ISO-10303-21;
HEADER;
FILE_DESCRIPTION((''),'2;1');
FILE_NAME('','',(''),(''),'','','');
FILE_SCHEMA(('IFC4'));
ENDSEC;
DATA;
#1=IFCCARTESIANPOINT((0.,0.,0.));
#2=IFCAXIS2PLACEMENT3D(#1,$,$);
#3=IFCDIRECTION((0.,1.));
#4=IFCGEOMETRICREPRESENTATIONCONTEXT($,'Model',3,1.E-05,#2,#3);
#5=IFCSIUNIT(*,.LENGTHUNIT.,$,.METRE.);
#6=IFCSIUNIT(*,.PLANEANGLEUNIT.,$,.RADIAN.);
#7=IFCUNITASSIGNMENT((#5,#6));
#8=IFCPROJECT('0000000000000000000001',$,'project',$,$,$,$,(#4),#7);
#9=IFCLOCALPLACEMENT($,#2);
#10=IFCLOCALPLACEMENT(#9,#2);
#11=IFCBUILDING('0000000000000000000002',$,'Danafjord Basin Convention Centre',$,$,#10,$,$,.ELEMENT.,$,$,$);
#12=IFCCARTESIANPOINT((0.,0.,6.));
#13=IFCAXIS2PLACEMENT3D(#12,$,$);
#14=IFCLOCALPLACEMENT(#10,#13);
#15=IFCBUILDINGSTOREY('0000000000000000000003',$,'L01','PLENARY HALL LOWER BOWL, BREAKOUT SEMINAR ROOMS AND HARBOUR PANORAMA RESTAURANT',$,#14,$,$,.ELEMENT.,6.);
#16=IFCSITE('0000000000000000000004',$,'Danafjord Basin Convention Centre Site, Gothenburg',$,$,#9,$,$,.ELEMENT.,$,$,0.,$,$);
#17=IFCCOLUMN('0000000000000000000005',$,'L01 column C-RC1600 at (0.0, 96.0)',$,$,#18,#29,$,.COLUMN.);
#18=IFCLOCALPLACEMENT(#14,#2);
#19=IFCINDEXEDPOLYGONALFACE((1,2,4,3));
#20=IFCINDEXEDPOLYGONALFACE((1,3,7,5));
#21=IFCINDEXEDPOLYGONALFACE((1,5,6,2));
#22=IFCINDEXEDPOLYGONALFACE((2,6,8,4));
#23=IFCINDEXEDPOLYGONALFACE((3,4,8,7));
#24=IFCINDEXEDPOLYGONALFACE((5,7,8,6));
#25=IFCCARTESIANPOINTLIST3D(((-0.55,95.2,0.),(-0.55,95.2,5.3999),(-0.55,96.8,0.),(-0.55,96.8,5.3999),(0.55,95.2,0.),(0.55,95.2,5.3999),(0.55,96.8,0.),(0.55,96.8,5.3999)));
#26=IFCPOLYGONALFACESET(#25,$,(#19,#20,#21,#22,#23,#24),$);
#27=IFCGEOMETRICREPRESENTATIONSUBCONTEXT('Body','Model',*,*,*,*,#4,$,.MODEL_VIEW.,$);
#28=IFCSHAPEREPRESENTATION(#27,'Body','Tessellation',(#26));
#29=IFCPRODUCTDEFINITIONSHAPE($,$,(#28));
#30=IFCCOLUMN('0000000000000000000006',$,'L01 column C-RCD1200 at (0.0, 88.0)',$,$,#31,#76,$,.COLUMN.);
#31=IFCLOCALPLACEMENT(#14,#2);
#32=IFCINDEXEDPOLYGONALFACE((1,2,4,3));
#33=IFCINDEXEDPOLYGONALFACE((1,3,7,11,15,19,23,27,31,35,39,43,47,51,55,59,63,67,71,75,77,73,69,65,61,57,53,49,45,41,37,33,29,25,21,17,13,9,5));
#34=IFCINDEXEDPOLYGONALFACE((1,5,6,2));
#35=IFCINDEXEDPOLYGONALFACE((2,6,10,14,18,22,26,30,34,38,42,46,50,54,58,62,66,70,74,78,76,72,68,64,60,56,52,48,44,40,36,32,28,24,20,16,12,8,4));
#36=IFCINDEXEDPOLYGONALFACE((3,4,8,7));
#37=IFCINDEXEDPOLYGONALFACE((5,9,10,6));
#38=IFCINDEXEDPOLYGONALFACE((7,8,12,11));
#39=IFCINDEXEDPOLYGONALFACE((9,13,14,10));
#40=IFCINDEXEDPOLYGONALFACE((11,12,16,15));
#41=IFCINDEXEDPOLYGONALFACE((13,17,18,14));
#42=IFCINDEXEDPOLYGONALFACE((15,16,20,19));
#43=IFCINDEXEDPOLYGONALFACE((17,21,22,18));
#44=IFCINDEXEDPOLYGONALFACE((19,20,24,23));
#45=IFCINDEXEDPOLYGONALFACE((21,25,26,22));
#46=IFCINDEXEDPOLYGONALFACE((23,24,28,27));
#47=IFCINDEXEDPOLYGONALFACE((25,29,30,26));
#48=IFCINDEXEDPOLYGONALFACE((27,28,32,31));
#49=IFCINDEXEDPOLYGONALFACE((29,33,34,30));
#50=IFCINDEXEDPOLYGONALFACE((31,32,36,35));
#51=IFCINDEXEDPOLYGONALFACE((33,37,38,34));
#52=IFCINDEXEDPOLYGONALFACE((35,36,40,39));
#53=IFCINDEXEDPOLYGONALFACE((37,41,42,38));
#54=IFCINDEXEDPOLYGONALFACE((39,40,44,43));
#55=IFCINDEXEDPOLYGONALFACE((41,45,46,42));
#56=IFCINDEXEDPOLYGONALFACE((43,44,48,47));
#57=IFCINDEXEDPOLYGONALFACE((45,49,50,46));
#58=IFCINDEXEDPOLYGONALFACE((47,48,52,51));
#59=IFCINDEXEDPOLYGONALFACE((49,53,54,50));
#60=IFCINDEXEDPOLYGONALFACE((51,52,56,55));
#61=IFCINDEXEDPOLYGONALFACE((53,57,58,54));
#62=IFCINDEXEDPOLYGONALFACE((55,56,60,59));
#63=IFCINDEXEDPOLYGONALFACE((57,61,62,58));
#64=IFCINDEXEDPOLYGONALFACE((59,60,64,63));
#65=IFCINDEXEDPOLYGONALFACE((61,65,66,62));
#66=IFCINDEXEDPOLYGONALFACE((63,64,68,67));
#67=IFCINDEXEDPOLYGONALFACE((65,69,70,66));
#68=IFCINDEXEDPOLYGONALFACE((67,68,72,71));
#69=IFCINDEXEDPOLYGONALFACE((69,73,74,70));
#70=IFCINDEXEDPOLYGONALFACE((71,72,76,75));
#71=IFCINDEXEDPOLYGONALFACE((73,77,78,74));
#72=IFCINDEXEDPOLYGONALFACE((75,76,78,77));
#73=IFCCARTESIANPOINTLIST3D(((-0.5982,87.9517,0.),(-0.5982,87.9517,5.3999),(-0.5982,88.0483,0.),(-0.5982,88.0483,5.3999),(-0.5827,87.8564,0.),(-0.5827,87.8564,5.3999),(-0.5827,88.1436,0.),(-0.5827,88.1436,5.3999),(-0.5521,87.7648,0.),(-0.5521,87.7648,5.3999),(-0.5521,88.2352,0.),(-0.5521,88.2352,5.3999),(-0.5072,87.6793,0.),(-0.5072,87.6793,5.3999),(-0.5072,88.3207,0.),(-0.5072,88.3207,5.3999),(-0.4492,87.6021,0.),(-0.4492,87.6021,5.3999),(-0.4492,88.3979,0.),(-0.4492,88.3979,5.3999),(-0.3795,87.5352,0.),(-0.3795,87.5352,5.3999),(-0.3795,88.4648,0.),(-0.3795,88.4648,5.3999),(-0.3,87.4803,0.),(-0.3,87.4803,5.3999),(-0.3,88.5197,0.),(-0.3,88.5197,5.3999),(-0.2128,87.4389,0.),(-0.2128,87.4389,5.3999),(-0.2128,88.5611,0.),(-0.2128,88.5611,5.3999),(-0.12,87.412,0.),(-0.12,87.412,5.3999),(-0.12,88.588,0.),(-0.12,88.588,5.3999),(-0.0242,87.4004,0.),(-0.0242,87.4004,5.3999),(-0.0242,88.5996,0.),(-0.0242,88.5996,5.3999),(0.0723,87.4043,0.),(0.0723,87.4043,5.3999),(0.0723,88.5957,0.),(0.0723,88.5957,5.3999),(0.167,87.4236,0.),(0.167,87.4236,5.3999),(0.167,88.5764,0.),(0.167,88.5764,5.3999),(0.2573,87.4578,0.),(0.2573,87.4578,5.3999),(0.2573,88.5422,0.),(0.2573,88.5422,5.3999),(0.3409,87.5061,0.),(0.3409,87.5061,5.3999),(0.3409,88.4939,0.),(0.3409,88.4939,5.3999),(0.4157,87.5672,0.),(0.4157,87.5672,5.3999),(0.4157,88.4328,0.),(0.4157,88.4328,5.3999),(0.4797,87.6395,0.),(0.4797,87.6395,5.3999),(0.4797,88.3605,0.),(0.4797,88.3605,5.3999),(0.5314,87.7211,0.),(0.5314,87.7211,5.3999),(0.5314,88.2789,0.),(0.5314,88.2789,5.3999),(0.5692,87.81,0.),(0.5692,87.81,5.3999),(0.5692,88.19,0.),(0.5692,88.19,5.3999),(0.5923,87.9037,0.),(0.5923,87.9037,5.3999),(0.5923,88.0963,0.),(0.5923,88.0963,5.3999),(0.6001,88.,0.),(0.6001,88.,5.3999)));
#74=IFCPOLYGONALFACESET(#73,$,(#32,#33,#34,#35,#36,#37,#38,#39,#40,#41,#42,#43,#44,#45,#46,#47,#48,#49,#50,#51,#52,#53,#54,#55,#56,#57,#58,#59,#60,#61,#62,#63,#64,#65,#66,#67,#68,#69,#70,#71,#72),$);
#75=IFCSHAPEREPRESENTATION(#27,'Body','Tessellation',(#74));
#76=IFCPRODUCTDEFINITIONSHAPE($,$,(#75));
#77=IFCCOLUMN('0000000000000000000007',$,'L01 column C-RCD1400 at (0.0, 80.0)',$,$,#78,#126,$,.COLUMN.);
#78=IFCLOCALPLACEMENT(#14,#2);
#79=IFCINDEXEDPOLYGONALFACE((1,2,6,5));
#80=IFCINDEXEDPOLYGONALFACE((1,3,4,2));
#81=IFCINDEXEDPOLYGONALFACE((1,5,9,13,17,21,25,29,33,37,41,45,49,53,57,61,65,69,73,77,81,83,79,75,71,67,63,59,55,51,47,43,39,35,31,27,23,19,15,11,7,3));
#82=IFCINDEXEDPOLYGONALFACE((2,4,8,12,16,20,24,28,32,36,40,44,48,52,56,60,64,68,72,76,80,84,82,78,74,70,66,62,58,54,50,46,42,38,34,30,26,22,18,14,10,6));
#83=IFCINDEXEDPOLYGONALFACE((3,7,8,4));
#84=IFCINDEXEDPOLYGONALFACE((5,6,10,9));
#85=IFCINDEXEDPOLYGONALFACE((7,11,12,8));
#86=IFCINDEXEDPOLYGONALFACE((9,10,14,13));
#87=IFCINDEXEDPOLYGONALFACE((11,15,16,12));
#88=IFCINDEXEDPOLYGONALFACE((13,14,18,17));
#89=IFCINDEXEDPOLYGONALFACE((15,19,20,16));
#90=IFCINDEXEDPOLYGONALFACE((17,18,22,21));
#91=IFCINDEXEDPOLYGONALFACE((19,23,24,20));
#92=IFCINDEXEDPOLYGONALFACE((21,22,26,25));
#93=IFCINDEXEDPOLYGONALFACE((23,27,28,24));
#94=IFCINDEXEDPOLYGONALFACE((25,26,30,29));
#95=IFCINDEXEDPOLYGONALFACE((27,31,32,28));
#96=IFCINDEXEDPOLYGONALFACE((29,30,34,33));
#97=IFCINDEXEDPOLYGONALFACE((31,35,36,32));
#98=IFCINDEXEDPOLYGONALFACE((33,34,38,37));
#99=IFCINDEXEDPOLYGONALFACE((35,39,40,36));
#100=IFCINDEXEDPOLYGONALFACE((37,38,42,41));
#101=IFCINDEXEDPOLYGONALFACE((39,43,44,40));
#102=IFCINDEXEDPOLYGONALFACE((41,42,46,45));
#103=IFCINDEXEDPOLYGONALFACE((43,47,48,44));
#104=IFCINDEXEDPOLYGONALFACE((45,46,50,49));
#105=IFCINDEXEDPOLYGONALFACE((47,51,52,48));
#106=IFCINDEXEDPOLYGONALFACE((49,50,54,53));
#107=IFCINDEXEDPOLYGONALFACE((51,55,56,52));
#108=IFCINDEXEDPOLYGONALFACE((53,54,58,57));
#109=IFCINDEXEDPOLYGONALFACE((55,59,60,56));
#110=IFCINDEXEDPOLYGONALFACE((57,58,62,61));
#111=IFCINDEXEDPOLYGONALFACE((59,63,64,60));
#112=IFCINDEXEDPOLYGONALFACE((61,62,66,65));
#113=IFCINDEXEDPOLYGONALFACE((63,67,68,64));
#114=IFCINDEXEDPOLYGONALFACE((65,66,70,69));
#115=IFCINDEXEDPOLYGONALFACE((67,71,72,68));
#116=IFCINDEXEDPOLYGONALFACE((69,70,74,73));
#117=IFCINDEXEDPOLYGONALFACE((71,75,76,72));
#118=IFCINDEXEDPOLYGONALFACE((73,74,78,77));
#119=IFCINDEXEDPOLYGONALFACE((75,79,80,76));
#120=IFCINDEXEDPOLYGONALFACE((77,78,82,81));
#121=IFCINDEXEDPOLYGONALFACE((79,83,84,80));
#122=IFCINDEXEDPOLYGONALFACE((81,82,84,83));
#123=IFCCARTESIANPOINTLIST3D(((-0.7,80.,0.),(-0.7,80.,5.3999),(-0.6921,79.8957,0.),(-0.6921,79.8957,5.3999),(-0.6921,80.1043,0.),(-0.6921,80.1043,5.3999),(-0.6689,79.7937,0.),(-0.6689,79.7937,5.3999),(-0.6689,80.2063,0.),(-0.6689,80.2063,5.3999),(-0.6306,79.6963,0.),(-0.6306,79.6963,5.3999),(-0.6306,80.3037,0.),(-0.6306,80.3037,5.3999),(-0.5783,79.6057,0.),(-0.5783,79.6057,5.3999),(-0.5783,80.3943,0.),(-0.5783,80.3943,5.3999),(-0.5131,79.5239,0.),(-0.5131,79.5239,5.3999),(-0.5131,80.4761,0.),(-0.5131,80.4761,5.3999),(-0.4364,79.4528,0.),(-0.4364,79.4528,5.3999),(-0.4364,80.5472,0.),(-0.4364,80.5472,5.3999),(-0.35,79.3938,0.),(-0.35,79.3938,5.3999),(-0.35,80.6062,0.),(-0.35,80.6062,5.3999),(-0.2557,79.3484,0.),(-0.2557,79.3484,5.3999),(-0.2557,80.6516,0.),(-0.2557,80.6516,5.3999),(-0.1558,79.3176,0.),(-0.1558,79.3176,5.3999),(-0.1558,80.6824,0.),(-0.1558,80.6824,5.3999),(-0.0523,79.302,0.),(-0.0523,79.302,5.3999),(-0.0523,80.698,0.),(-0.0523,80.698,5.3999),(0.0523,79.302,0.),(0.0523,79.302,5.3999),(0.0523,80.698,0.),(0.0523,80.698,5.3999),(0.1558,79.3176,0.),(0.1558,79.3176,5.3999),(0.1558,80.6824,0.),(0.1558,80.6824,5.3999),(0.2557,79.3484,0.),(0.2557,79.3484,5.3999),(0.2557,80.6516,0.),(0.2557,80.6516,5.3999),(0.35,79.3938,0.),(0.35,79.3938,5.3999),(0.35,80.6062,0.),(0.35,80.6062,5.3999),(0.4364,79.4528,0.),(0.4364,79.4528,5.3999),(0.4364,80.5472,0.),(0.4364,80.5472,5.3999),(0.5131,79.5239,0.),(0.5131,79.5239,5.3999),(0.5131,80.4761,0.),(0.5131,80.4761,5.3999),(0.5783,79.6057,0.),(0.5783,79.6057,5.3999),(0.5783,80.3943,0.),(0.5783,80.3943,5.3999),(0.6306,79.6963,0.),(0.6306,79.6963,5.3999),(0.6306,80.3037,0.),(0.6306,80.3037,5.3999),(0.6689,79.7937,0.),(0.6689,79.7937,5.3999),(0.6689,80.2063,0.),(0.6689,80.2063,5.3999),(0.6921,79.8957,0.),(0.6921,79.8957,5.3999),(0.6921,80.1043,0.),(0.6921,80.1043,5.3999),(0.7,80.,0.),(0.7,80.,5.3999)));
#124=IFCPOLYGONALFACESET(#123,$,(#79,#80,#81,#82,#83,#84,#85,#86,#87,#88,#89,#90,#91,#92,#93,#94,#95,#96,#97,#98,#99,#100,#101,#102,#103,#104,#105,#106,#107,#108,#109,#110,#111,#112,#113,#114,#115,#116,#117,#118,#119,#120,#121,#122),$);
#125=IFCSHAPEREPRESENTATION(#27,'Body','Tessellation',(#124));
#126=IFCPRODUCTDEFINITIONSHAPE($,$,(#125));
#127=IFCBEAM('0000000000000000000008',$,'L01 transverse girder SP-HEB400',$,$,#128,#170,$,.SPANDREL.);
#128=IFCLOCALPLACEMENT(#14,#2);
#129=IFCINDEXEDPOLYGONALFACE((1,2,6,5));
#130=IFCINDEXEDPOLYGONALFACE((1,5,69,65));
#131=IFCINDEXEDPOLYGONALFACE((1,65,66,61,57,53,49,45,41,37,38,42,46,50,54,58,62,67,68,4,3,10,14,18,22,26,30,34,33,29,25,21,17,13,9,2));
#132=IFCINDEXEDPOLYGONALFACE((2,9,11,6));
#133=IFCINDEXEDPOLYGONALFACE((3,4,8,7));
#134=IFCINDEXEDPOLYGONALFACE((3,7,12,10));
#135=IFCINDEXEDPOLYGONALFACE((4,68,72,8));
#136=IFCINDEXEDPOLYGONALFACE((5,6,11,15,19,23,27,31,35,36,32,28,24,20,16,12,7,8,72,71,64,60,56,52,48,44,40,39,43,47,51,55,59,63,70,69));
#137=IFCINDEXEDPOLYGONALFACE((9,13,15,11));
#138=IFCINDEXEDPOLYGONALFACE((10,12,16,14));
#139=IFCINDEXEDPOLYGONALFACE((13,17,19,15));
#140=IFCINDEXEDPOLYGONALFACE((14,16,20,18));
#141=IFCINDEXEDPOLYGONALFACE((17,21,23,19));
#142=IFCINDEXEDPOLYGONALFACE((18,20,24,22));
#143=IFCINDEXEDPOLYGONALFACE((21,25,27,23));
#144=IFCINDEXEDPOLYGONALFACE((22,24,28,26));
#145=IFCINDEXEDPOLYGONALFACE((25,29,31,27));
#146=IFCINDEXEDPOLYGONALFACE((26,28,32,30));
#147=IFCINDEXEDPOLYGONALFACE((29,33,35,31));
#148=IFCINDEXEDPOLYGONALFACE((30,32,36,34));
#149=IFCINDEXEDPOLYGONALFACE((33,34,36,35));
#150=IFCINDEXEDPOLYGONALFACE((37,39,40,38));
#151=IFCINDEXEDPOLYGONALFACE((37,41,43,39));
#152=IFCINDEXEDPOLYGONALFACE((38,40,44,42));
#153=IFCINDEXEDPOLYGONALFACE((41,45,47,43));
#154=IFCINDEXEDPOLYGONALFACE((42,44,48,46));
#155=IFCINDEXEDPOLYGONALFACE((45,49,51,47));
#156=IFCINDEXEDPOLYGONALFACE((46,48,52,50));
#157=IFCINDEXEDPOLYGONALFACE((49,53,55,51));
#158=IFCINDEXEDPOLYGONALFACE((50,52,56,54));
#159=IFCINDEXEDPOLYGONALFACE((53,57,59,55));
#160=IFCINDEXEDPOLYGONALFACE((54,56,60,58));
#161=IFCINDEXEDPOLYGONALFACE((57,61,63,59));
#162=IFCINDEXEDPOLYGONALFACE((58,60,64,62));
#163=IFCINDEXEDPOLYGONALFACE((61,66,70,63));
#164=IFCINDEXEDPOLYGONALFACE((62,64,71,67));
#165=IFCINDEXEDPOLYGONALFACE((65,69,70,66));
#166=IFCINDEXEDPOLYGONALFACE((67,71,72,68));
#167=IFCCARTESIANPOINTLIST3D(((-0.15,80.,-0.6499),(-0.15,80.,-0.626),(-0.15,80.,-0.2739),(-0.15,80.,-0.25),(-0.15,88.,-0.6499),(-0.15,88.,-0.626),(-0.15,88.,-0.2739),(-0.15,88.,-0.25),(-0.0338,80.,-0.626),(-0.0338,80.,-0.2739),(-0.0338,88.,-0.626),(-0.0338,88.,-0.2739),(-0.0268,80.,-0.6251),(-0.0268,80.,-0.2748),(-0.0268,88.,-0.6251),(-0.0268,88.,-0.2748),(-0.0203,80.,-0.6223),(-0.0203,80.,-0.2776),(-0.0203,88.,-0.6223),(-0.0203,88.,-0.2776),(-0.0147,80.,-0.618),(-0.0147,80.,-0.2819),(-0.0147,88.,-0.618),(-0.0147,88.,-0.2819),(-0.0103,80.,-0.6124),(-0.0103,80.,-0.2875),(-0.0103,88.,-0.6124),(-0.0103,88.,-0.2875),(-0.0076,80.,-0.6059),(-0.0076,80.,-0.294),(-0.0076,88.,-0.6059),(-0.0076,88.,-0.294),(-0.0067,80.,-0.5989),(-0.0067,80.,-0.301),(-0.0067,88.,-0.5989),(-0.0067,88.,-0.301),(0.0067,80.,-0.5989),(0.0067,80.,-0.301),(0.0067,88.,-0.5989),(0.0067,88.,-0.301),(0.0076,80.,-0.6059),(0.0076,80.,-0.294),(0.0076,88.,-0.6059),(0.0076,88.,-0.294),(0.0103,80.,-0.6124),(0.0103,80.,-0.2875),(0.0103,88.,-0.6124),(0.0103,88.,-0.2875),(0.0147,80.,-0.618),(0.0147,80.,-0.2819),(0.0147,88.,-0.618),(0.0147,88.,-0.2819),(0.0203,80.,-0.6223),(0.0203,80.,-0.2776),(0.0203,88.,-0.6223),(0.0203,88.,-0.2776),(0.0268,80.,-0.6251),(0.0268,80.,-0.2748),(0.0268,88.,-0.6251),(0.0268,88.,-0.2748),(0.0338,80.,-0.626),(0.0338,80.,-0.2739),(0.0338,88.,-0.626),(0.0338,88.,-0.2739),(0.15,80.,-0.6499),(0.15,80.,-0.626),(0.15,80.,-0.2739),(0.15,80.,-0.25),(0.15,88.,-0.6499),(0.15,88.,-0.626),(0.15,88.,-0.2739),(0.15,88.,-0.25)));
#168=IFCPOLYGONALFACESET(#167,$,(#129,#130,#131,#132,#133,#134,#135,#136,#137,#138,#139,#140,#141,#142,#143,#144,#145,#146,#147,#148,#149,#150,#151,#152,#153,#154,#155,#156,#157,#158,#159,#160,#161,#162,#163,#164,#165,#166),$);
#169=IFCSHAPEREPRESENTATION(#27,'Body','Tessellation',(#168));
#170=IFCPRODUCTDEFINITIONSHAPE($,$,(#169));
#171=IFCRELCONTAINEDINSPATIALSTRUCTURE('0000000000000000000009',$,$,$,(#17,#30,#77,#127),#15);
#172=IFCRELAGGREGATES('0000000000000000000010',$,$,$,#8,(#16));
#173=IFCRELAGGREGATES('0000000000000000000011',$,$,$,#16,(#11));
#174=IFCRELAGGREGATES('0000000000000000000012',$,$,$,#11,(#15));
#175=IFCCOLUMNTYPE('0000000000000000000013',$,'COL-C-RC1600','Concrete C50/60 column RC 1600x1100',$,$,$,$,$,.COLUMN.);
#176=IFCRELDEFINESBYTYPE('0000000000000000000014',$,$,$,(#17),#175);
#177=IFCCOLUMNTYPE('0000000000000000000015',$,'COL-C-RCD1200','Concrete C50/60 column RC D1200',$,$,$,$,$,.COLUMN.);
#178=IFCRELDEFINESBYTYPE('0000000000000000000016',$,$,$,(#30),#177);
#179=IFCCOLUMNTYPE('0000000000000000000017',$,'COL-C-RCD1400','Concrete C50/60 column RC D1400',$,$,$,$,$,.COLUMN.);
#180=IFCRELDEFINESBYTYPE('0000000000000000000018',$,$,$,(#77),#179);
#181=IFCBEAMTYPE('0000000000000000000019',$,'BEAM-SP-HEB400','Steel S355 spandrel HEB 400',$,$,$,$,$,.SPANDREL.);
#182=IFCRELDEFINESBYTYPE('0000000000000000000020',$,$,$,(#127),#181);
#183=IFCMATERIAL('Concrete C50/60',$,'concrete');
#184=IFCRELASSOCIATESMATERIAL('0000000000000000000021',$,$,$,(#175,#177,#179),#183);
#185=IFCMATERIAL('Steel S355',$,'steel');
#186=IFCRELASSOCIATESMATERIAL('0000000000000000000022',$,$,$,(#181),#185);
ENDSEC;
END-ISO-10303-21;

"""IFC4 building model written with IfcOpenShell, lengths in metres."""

from ifc_helpers import new_model, si_unit, direction, frame, origin, origin_2d, place, context, subcontext, project, spatial, rectangle, circle, i_section, extrude, material, material_profile, profile_set, type_object, element, save


model = new_model("IFC4")

# Units and contexts
model_context = context("Model", 3, precision=1e-05, world=origin(), true_north=direction((0.0, 1.0)))
body_context = subcontext(model_context, "Body", "Model", "MODEL_VIEW")
ifc_project = project(units=[si_unit("LENGTHUNIT", "METRE"), si_unit("PLANEANGLEUNIT", "RADIAN")], contexts=[model_context])

# Site, building, storey
site_placement = place(None, origin())
site = spatial("IfcSite", under=ifc_project, at=site_placement, Name="Danafjord Basin Convention Centre Site, Gothenburg", CompositionType="ELEMENT", RefElevation=0.0)
building_placement = place(site_placement, origin())
building = spatial("IfcBuilding", under=site, at=building_placement, Name="Danafjord Basin Convention Centre", CompositionType="ELEMENT")
storey_placement = place(building_placement, frame((0.0, 0.0, 6.0)))
storey = spatial("IfcBuildingStorey", under=building, at=storey_placement, Name="L01", Description="PLENARY HALL LOWER BOWL, BREAKOUT SEMINAR ROOMS AND HARBOUR PANORAMA RESTAURANT", CompositionType="ELEMENT", Elevation=6.0)

# Columns
ifc_material_1 = material(Name="Concrete C50/60", Category="concrete")
ifc_material_profile_1 = material_profile(ifc_material_1, rectangle(XDim=1.1001, YDim=1.6001, at=origin_2d()), Name="RC 1600x1100")
ifc_profile_set_1 = profile_set([ifc_material_profile_1], Name="Concrete C50/60")
column_type_1 = type_object("IfcColumnType", Name="COL-C-RC1600", Description="Concrete C50/60 column RC 1600x1100", PredefinedType="COLUMN", material=ifc_profile_set_1)
column_1_placement = place(storey_placement, frame((0.0, 96.0, 0.0), z_axis=(0.0, 0.0, 1.0), x_axis=(1.0, 0.0, 0.0)))
element("IfcColumn", 1, at=column_1_placement, inside=storey, type_object=column_type_1, Name="L01 column C-RC1600 at (0.0, 96.0)", PredefinedType="COLUMN", context=body_context, shape_type="SweptSolid", body=[
    extrude(rectangle(XDim=1.1001, YDim=1.6001, at=origin_2d()), origin(), (0.0, 0.0, 1.0), 5.3999),
])
ifc_material_profile_2 = material_profile(ifc_material_1, circle(Radius=0.6001, at=origin_2d()), Name="RC D1200")
ifc_profile_set_2 = profile_set([ifc_material_profile_2], Name="Concrete C50/60")
column_type_2 = type_object("IfcColumnType", Name="COL-C-RCD1200", Description="Concrete C50/60 column RC D1200", PredefinedType="COLUMN", material=ifc_profile_set_2)
column_2_placement = place(storey_placement, frame((0.0, 88.0, 0.0), z_axis=(0.0, 0.0, 1.0), x_axis=(1.0, 0.0, 0.0)))
element("IfcColumn", 2, at=column_2_placement, inside=storey, type_object=column_type_2, Name="L01 column C-RCD1200 at (0.0, 88.0)", PredefinedType="COLUMN", context=body_context, shape_type="SweptSolid", body=[
    extrude(circle(Radius=0.6001, at=origin_2d()), origin(), (0.0, 0.0, 1.0), 5.3999),
])
ifc_material_profile_3 = material_profile(ifc_material_1, circle(Radius=0.7, at=origin_2d()), Name="RC D1400")
ifc_profile_set_3 = profile_set([ifc_material_profile_3], Name="Concrete C50/60")
column_type_3 = type_object("IfcColumnType", Name="COL-C-RCD1400", Description="Concrete C50/60 column RC D1400", PredefinedType="COLUMN", material=ifc_profile_set_3)
column_3_placement = place(storey_placement, frame((0.0, 80.0, 0.0), z_axis=(0.0, 0.0, 1.0), x_axis=(1.0, 0.0, 0.0)))
element("IfcColumn", 3, at=column_3_placement, inside=storey, type_object=column_type_3, Name="L01 column C-RCD1400 at (0.0, 80.0)", PredefinedType="COLUMN", context=body_context, shape_type="SweptSolid", body=[
    extrude(circle(Radius=0.7, at=origin_2d()), origin(), (0.0, 0.0, 1.0), 5.3999),
])

# Beam
ifc_material_2 = material(Name="Steel S355", Category="steel")
ifc_material_profile_4 = material_profile(ifc_material_2, i_section(OverallWidth=0.3, OverallDepth=0.3999, WebThickness=0.0134, FlangeThickness=0.0239, FilletRadius=0.0271, at=origin_2d()), Name="HEB 400")
ifc_profile_set_4 = profile_set([ifc_material_profile_4], Name="Steel S355")
beam_type_1 = type_object("IfcBeamType", Name="BEAM-SP-HEB400", Description="Steel S355 spandrel HEB 400", PredefinedType="SPANDREL", material=ifc_profile_set_4)
for number, where, z_axis, x_axis, name in (
    (4, (0.0, 80.0, -0.45), (0.0, 1.0, 0.0), (-1.0, 0.0, 0.0), "L01 transverse girder SP-HEB400"),
):
    element("IfcBeam", number, at=place(storey_placement, frame(where, z_axis=z_axis, x_axis=x_axis)), inside=storey, type_object=beam_type_1, Name=name, PredefinedType="SPANDREL", context=body_context, shape_type="SweptSolid", body=[
        extrude(i_section(OverallWidth=0.3, OverallDepth=0.3999, WebThickness=0.0134, FlangeThickness=0.0239, FilletRadius=0.0271, at=origin_2d()), origin(), (0.0, 0.0, 1.0), 8.0),
    ])

save(model, "model.ifc")
